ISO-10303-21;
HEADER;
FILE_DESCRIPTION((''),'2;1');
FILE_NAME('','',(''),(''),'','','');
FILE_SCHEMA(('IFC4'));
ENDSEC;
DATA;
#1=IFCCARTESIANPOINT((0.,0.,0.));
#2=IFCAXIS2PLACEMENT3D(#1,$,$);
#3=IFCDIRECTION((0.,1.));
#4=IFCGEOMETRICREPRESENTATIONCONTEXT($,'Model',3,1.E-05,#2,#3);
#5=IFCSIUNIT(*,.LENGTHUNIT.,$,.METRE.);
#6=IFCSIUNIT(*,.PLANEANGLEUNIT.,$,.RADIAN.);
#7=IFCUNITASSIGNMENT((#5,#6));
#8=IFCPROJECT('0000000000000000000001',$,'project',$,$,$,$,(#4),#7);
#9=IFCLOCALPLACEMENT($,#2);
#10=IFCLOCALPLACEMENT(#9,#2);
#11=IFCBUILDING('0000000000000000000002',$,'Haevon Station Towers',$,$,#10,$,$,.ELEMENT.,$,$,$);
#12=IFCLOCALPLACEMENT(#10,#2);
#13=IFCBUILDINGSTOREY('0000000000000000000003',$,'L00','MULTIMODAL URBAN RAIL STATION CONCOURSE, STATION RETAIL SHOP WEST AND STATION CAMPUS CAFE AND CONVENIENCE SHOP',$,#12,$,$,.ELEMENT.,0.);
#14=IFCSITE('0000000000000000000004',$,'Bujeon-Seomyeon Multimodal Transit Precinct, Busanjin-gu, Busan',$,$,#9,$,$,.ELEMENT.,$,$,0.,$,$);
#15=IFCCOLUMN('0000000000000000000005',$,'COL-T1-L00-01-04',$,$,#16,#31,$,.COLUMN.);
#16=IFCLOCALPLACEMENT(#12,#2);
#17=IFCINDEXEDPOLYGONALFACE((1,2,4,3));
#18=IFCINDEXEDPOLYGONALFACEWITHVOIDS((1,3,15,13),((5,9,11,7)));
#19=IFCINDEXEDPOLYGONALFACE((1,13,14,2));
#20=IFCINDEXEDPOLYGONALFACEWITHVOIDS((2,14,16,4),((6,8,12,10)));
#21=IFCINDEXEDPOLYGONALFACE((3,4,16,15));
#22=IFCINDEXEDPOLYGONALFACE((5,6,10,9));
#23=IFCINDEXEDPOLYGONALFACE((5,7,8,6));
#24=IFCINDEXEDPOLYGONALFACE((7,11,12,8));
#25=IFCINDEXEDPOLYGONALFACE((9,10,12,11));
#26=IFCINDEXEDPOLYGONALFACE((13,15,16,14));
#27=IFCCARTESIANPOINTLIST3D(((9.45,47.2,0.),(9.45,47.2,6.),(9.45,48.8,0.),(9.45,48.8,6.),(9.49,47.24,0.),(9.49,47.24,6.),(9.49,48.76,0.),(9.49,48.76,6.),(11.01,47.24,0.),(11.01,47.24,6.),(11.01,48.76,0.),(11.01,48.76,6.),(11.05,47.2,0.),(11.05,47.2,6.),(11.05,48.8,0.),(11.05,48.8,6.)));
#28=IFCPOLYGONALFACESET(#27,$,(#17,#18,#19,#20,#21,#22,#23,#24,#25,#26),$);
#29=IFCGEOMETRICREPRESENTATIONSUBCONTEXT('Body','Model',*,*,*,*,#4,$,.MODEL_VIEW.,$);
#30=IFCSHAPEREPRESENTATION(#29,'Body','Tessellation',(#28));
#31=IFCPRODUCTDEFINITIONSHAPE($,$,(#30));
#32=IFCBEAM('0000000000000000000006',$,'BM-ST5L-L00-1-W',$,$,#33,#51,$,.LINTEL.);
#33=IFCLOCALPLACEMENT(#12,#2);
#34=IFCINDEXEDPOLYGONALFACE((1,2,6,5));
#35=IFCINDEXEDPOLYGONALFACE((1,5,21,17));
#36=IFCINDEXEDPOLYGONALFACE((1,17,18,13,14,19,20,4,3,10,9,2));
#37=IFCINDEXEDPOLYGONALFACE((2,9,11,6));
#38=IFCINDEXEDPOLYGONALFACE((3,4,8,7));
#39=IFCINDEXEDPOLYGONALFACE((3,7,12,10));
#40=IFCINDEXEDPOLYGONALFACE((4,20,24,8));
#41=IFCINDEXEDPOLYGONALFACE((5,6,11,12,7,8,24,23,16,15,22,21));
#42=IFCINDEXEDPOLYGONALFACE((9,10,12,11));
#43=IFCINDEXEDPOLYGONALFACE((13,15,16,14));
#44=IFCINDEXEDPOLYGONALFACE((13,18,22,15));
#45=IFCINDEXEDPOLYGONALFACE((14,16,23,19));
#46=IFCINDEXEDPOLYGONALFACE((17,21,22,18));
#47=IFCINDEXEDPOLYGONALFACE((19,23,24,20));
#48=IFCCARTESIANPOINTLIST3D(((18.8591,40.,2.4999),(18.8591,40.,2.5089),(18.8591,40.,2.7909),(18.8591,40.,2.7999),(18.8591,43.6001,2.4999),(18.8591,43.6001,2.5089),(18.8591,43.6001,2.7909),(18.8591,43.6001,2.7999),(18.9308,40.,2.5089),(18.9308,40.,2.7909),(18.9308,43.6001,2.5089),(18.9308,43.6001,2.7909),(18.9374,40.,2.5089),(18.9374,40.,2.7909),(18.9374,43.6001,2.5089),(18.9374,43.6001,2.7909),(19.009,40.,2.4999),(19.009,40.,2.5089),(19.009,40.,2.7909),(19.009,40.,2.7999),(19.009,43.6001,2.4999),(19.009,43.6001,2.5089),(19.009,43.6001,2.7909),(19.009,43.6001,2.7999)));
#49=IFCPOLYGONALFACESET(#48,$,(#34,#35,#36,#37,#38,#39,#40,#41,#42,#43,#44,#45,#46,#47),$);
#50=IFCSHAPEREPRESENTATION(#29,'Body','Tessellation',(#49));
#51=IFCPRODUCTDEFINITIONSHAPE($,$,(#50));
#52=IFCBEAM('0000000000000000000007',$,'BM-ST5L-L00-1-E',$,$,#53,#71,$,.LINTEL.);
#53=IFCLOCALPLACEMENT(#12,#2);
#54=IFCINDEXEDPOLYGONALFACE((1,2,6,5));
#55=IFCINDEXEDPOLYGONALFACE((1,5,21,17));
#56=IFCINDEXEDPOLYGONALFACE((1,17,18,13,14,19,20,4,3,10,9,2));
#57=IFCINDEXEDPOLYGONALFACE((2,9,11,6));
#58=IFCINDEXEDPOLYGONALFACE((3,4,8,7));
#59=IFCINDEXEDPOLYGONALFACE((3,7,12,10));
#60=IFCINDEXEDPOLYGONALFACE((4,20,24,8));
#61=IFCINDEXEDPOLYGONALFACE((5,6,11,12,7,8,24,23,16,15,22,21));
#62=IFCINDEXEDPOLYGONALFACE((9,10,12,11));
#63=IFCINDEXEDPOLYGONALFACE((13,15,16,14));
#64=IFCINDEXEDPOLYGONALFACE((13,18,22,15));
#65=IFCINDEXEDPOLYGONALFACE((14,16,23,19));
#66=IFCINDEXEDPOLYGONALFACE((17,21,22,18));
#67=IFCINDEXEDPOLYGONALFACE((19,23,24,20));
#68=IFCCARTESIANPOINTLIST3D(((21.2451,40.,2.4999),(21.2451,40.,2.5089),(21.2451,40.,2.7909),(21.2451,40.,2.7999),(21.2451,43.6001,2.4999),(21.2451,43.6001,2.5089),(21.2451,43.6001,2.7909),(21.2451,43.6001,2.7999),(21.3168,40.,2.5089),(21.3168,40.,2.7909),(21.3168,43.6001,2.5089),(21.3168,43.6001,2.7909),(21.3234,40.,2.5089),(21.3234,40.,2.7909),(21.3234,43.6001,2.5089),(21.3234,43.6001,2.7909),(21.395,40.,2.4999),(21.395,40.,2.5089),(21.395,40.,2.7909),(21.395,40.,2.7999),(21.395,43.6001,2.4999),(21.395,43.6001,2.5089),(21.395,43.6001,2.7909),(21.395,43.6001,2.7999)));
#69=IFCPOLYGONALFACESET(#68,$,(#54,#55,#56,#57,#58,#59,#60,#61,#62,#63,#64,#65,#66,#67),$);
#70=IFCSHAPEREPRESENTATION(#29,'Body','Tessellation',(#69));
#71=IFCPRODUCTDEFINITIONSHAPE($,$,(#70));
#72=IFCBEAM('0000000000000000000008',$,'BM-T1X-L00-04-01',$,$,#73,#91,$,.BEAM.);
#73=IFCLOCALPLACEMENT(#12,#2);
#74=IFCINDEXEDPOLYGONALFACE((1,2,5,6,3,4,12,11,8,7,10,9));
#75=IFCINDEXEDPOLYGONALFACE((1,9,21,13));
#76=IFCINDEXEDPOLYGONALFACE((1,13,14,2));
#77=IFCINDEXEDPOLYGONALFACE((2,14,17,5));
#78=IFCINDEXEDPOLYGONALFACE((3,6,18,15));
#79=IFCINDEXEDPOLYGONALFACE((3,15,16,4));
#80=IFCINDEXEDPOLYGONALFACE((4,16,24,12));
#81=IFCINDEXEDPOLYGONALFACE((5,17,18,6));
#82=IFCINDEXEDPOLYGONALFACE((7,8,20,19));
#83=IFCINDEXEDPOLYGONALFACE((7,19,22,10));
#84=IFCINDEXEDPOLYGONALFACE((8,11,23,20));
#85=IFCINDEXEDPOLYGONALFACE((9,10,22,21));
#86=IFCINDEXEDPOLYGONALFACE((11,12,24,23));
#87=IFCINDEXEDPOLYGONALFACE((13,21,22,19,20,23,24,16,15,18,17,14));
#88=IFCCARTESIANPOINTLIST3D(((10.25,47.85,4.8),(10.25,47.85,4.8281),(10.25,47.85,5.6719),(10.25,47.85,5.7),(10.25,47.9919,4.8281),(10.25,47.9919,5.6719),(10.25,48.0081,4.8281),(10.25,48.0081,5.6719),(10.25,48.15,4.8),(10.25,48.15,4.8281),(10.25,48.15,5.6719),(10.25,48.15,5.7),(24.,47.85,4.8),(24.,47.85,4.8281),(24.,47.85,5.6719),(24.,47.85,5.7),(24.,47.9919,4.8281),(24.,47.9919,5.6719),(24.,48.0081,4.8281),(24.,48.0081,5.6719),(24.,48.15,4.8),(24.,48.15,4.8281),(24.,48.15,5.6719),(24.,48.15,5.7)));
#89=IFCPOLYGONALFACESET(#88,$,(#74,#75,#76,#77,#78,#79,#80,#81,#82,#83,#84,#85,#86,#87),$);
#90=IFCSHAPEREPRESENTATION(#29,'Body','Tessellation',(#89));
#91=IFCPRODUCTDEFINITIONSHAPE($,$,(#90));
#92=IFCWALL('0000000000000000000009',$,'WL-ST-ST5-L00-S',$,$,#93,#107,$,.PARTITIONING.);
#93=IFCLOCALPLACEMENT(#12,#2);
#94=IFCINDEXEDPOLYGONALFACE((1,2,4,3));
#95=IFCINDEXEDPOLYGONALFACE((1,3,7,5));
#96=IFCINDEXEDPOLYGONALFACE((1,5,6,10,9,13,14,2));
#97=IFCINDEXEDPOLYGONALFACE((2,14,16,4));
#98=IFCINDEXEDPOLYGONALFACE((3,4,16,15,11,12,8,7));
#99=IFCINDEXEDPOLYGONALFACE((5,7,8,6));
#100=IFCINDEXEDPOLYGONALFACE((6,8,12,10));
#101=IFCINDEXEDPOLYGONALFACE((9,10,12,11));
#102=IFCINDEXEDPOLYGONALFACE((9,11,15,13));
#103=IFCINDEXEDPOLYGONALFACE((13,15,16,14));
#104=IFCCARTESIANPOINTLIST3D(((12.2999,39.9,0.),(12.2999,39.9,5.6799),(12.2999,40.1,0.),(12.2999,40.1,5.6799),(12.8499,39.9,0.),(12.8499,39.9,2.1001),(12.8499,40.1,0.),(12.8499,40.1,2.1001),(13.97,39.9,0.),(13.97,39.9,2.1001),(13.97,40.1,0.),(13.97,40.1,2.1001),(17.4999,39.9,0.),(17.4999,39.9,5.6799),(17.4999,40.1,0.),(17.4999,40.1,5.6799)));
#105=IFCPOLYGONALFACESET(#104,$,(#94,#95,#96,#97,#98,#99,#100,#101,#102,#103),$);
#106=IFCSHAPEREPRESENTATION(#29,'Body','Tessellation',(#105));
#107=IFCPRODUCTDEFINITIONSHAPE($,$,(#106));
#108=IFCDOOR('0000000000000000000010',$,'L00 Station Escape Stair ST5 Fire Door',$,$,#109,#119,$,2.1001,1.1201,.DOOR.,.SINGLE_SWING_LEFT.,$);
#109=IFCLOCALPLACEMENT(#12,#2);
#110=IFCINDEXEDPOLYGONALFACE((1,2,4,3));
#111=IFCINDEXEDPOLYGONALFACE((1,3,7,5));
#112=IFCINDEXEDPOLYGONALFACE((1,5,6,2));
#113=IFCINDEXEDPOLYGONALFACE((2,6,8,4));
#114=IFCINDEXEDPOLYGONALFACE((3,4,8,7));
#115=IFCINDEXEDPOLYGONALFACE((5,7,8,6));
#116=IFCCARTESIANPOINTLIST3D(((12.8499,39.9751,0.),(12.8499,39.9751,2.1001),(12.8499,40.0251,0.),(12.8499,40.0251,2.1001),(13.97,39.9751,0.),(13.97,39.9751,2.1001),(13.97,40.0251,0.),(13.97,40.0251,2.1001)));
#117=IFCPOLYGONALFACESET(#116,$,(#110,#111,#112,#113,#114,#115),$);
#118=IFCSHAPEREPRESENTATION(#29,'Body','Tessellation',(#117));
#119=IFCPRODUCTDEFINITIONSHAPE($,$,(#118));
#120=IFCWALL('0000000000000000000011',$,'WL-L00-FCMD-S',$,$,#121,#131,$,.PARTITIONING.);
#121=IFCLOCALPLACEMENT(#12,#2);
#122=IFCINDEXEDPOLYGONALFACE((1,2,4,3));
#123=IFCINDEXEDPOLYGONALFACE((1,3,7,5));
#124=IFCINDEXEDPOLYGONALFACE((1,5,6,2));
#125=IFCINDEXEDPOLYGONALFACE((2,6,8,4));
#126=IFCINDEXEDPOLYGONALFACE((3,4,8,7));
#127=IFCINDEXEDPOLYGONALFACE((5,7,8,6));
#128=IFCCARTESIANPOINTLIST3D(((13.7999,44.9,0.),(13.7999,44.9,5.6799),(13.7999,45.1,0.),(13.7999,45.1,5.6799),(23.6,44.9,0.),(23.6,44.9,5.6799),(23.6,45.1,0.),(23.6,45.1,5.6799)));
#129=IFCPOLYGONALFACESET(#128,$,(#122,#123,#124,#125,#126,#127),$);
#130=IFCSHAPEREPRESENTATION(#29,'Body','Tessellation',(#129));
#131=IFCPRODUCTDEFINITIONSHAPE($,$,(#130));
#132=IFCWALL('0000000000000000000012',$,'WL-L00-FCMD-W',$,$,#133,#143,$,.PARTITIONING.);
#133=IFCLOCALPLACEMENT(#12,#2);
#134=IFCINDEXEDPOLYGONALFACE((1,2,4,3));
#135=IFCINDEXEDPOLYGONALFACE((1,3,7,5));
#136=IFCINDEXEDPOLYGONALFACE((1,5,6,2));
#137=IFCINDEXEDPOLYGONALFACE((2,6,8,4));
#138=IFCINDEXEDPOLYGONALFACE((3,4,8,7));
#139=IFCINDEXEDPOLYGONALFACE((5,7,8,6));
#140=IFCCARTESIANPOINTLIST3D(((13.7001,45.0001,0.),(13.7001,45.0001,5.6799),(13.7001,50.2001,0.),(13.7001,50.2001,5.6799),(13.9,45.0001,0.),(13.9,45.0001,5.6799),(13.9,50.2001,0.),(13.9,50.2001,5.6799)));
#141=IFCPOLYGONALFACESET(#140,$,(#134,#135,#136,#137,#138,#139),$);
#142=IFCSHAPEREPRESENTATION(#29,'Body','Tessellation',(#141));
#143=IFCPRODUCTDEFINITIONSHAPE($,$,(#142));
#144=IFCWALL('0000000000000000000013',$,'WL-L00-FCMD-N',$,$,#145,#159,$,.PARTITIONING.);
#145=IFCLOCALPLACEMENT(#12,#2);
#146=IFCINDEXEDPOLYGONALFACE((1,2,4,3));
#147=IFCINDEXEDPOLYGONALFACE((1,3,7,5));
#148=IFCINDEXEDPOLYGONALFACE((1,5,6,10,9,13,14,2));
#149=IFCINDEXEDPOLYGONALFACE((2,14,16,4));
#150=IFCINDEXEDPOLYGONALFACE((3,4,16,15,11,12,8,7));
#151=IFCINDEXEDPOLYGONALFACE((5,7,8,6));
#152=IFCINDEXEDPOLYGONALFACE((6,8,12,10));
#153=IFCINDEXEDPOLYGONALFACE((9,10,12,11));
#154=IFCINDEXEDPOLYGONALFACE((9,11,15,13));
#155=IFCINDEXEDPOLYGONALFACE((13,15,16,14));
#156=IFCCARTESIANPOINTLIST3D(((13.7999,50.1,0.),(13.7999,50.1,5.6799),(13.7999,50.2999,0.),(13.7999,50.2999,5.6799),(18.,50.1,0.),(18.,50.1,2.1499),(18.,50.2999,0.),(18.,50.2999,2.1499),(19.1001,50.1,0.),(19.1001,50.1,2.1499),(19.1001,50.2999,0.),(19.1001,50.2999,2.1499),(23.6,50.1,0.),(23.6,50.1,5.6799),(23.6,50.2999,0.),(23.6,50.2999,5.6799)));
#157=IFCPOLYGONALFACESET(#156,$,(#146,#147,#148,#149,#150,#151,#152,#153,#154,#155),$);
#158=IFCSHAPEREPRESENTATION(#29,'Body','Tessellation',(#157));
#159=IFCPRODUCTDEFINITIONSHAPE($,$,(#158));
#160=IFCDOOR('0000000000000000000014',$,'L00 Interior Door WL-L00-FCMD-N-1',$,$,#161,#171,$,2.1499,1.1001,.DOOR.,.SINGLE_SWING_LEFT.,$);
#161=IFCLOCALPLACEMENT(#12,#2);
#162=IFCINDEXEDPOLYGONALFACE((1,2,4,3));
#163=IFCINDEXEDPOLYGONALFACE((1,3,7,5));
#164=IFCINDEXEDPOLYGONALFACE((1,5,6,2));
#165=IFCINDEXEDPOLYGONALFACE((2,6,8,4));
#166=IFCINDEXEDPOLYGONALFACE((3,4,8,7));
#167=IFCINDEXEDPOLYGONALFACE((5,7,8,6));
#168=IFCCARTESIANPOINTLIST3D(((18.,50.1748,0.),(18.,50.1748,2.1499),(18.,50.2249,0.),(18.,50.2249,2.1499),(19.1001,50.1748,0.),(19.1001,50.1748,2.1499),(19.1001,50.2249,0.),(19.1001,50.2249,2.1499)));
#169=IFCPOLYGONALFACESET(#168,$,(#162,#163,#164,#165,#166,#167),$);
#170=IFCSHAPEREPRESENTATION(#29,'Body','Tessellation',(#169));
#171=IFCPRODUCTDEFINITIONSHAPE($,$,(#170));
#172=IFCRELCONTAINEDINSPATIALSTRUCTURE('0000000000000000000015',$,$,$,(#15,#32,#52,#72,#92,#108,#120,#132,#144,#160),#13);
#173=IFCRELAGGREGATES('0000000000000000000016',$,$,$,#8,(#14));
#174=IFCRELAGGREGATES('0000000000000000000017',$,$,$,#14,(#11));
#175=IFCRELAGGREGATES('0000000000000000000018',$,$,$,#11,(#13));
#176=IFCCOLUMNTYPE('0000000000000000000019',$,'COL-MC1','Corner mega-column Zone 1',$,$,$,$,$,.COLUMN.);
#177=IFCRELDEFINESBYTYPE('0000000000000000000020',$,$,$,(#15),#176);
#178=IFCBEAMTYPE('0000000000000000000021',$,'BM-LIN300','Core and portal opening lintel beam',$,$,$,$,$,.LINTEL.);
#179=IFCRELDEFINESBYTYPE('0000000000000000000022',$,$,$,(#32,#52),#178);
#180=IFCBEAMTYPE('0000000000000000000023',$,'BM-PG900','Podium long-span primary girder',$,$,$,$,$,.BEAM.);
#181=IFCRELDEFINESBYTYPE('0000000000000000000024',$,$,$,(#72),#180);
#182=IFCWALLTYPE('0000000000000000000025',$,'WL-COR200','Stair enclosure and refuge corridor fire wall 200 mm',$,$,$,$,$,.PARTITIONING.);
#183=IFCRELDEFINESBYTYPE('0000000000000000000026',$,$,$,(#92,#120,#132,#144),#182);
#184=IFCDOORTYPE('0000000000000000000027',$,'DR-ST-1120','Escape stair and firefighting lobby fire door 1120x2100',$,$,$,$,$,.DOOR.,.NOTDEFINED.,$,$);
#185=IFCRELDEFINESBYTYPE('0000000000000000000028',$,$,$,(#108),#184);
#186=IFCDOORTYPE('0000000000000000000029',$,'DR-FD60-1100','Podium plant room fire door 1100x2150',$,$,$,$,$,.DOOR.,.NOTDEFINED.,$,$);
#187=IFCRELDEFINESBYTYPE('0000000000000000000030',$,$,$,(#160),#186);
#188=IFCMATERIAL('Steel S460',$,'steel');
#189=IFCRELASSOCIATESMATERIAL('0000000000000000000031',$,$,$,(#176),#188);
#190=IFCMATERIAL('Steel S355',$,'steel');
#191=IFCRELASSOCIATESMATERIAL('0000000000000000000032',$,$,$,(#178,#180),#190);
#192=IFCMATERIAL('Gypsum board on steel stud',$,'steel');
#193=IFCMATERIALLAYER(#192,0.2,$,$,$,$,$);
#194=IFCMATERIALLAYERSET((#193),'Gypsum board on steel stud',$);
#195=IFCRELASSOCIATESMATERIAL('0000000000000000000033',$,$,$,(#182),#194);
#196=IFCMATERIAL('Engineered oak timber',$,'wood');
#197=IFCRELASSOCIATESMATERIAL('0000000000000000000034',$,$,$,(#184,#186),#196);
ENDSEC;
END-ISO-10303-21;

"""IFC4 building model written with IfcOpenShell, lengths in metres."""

from ifc_helpers import new_model, si_unit, direction, frame, frame_2d, origin, origin_2d, place, context, subcontext, project, spatial, rectangle, hollow_rectangle, i_section, extrude, material, layer, layer_set, material_profile, profile_set, type_object, element, fill, save


model = new_model("IFC4")

# Units and contexts
model_context = context("Model", 3, precision=1e-05, world=origin(), true_north=direction((0.0, 1.0)))
body_context = subcontext(model_context, "Body", "Model", "MODEL_VIEW")
ifc_project = project(units=[si_unit("LENGTHUNIT", "METRE"), si_unit("PLANEANGLEUNIT", "RADIAN")], contexts=[model_context])

# Site, building, storey
site_placement = place(None, origin())
site = spatial("IfcSite", under=ifc_project, at=site_placement, Name="Bujeon-Seomyeon Multimodal Transit Precinct, Busanjin-gu, Busan", CompositionType="ELEMENT", RefElevation=0.0)
building_placement = place(site_placement, origin())
building = spatial("IfcBuilding", under=site, at=building_placement, Name="Haevon Station Towers", CompositionType="ELEMENT")
storey_placement = place(building_placement, origin())
storey = spatial("IfcBuildingStorey", under=building, at=storey_placement, Name="L00", Description="MULTIMODAL URBAN RAIL STATION CONCOURSE, STATION RETAIL SHOP WEST AND STATION CAMPUS CAFE AND CONVENIENCE SHOP", CompositionType="ELEMENT", Elevation=0.0)

# Column
ifc_material_1 = material(Name="Steel S460", Category="steel")
ifc_material_profile_1 = material_profile(ifc_material_1, hollow_rectangle(XDim=1.6001, YDim=1.6001, WallThickness=0.04, at=origin_2d()), Name="BOX-1600x1600x40")
ifc_profile_set_1 = profile_set([ifc_material_profile_1], Name="Steel S460")
column_type = type_object("IfcColumnType", Name="COL-MC1", Description="Corner mega-column Zone 1", PredefinedType="COLUMN", material=ifc_profile_set_1)
column_placement = place(storey_placement, frame((10.25, 48.0, 0.0), z_axis=(0.0, 0.0, 1.0), x_axis=(1.0, 0.0, 0.0)))
element("IfcColumn", 1, at=column_placement, inside=storey, type_object=column_type, Name="COL-T1-L00-01-04", PredefinedType="COLUMN", context=body_context, shape_type="SweptSolid", body=[
    extrude(hollow_rectangle(XDim=1.6001, YDim=1.6001, WallThickness=0.04, at=origin_2d()), origin(), (0.0, 0.0, 1.0), 6.0),
])

# Beams
ifc_material_2 = material(Name="Steel S355", Category="steel")
ifc_material_profile_2 = material_profile(ifc_material_2, i_section(OverallWidth=0.1499, OverallDepth=0.3, WebThickness=0.0066, FlangeThickness=0.009, at=origin_2d()), Name="H-300x150x6.5x9")
ifc_profile_set_2 = profile_set([ifc_material_profile_2], Name="Steel S355")
beam_type_1 = type_object("IfcBeamType", Name="BM-LIN300", Description="Core and portal opening lintel beam", PredefinedType="LINTEL", material=ifc_profile_set_2)
for number, where, z_axis, x_axis, name in (
    (2, (18.9341, 40.0, 2.6499), (0.0, 1.0, 0.0), (-1.0, 0.0, 0.0), "BM-ST5L-L00-1-W"),
    (3, (21.3201, 40.0, 2.6499), (0.0, 1.0, 0.0), (-1.0, 0.0, 0.0), "BM-ST5L-L00-1-E"),
):
    element("IfcBeam", number, at=place(storey_placement, frame(where, z_axis=z_axis, x_axis=x_axis)), inside=storey, type_object=beam_type_1, Name=name, PredefinedType="LINTEL", context=body_context, shape_type="SweptSolid", body=[
        extrude(i_section(OverallWidth=0.1499, OverallDepth=0.3, WebThickness=0.0066, FlangeThickness=0.009, at=origin_2d()), origin(), (0.0, 0.0, 1.0), 3.6001),
    ])
ifc_material_profile_3 = material_profile(ifc_material_2, i_section(OverallWidth=0.3, OverallDepth=0.8999, WebThickness=0.0161, FlangeThickness=0.0281, at=origin_2d()), Name="H-900x300x16x28")
ifc_profile_set_3 = profile_set([ifc_material_profile_3], Name="Steel S355")
beam_type_2 = type_object("IfcBeamType", Name="BM-PG900", Description="Podium long-span primary girder", PredefinedType="BEAM", material=ifc_profile_set_3)
beam_placement = place(storey_placement, frame((10.25, 48.0, 5.25), z_axis=(1.0, 0.0, 0.0), x_axis=(0.0, 1.0, 0.0)))
element("IfcBeam", 4, at=beam_placement, inside=storey, type_object=beam_type_2, Name="BM-T1X-L00-04-01", PredefinedType="BEAM", context=body_context, shape_type="SweptSolid", body=[
    extrude(i_section(OverallWidth=0.3, OverallDepth=0.8999, WebThickness=0.0161, FlangeThickness=0.0281, at=origin_2d()), origin(), (0.0, 0.0, 1.0), 13.75),
])

# Wall, opening, door
ifc_material_3 = material(Name="Gypsum board on steel stud", Category="steel")
ifc_layer_1 = layer(ifc_material_3, 0.2)
ifc_layer_set_1 = layer_set([ifc_layer_1], Name="Gypsum board on steel stud")
wall_type_1 = type_object("IfcWallType", Name="WL-COR200", Description="Stair enclosure and refuge corridor fire wall 200 mm", PredefinedType="PARTITIONING", material=ifc_layer_set_1)
wall_1_placement = place(storey_placement, frame((17.5, 40.0, 0.0), z_axis=(0.0, 0.0, 1.0), x_axis=(-1.0, 0.0, 0.0)))
wall_1 = element("IfcWall", 5, at=wall_1_placement, inside=storey, type_object=wall_type_1, Name="WL-ST-ST5-L00-S", PredefinedType="PARTITIONING", context=body_context, shape_type="SweptSolid", body=[
    extrude(rectangle(XDim=5.2, YDim=0.2, at=frame_2d((2.6001, 0.0))), origin(), (0.0, 0.0, 1.0), 5.6799),
])
opening_1_placement = place(wall_1_placement, frame((3.53, 0.0, 0.0)))
opening_1 = element("IfcOpeningElement", 6, at=opening_1_placement, cuts=wall_1, PredefinedType="OPENING", context=body_context, shape_type="SweptSolid", body=[
    extrude(rectangle(XDim=1.1201, YDim=2.1001, at=frame_2d((0.5601, 1.05))), frame((0.0, 0.1099, 0.0), z_axis=(0.0, -1.0, 0.0), x_axis=(1.0, 0.0, 0.0)), (0.0, 0.0, 1.0), 0.22),
])
ifc_material_4 = material(Name="Engineered oak timber", Category="wood")
door_type_1 = type_object("IfcDoorType", Name="DR-ST-1120", Description="Escape stair and firefighting lobby fire door 1120x2100", OperationType="NOTDEFINED", PredefinedType="DOOR", material=ifc_material_4)
door_1_placement = place(opening_1_placement, origin())
door_1 = element("IfcDoor", 7, at=door_1_placement, inside=storey, type_object=door_type_1, Name="L00 Station Escape Stair ST5 Fire Door", OperationType="SINGLE_SWING_LEFT", OverallHeight=2.1001, OverallWidth=1.1201, PredefinedType="DOOR", context=body_context, shape_type="SweptSolid", body=[
    extrude(rectangle(XDim=1.1201, YDim=2.1001, at=frame_2d((0.5601, 1.05))), frame((0.0, 0.0249, 0.0), z_axis=(0.0, -1.0, 0.0), x_axis=(1.0, 0.0, 0.0)), (0.0, 0.0, 1.0), 0.05),
])
fill(opening_1, door_1)

# Walls
wall_2_placement = place(storey_placement, frame((13.8, 45.0, 0.0), z_axis=(0.0, 0.0, 1.0), x_axis=(1.0, 0.0, 0.0)))
element("IfcWall", 8, at=wall_2_placement, inside=storey, type_object=wall_type_1, Name="WL-L00-FCMD-S", PredefinedType="PARTITIONING", context=body_context, shape_type="SweptSolid", body=[
    extrude(rectangle(XDim=9.8, YDim=0.2, at=frame_2d((4.8999, 0.0))), origin(), (0.0, 0.0, 1.0), 5.6799),
])
wall_3_placement = place(storey_placement, frame((13.8, 45.0, 0.0), z_axis=(0.0, 0.0, 1.0), x_axis=(0.0, 1.0, 0.0)))
element("IfcWall", 9, at=wall_3_placement, inside=storey, type_object=wall_type_1, Name="WL-L00-FCMD-W", PredefinedType="PARTITIONING", context=body_context, shape_type="SweptSolid", body=[
    extrude(rectangle(XDim=5.2, YDim=0.2, at=frame_2d((2.6001, 0.0))), origin(), (0.0, 0.0, 1.0), 5.6799),
])

# Wall, opening, door
wall_4_placement = place(storey_placement, frame((13.8, 50.2, 0.0), z_axis=(0.0, 0.0, 1.0), x_axis=(1.0, 0.0, 0.0)))
wall_4 = element("IfcWall", 10, at=wall_4_placement, inside=storey, type_object=wall_type_1, Name="WL-L00-FCMD-N", PredefinedType="PARTITIONING", context=body_context, shape_type="SweptSolid", body=[
    extrude(rectangle(XDim=9.8, YDim=0.2, at=frame_2d((4.8999, 0.0))), origin(), (0.0, 0.0, 1.0), 5.6799),
])
opening_2_placement = place(wall_4_placement, frame((4.2, 0.0, 0.0)))
opening_2 = element("IfcOpeningElement", 11, at=opening_2_placement, cuts=wall_4, PredefinedType="OPENING", context=body_context, shape_type="SweptSolid", body=[
    extrude(rectangle(XDim=1.1001, YDim=2.1499, at=frame_2d((0.55, 1.075))), frame((0.0, 0.1099, 0.0), z_axis=(0.0, -1.0, 0.0), x_axis=(1.0, 0.0, 0.0)), (0.0, 0.0, 1.0), 0.22),
])
door_type_2 = type_object("IfcDoorType", Name="DR-FD60-1100", Description="Podium plant room fire door 1100x2150", OperationType="NOTDEFINED", PredefinedType="DOOR", material=ifc_material_4)
door_2_placement = place(opening_2_placement, origin())
door_2 = element("IfcDoor", 12, at=door_2_placement, inside=storey, type_object=door_type_2, Name="L00 Interior Door WL-L00-FCMD-N-1", OperationType="SINGLE_SWING_LEFT", OverallHeight=2.1499, OverallWidth=1.1001, PredefinedType="DOOR", context=body_context, shape_type="SweptSolid", body=[
    extrude(rectangle(XDim=1.1001, YDim=2.1499, at=frame_2d((0.55, 1.075))), frame((0.0, 0.0249, 0.0), z_axis=(0.0, -1.0, 0.0), x_axis=(1.0, 0.0, 0.0)), (0.0, 0.0, 1.0), 0.05),
])
fill(opening_2, door_2)

save(model, "model.ifc")
